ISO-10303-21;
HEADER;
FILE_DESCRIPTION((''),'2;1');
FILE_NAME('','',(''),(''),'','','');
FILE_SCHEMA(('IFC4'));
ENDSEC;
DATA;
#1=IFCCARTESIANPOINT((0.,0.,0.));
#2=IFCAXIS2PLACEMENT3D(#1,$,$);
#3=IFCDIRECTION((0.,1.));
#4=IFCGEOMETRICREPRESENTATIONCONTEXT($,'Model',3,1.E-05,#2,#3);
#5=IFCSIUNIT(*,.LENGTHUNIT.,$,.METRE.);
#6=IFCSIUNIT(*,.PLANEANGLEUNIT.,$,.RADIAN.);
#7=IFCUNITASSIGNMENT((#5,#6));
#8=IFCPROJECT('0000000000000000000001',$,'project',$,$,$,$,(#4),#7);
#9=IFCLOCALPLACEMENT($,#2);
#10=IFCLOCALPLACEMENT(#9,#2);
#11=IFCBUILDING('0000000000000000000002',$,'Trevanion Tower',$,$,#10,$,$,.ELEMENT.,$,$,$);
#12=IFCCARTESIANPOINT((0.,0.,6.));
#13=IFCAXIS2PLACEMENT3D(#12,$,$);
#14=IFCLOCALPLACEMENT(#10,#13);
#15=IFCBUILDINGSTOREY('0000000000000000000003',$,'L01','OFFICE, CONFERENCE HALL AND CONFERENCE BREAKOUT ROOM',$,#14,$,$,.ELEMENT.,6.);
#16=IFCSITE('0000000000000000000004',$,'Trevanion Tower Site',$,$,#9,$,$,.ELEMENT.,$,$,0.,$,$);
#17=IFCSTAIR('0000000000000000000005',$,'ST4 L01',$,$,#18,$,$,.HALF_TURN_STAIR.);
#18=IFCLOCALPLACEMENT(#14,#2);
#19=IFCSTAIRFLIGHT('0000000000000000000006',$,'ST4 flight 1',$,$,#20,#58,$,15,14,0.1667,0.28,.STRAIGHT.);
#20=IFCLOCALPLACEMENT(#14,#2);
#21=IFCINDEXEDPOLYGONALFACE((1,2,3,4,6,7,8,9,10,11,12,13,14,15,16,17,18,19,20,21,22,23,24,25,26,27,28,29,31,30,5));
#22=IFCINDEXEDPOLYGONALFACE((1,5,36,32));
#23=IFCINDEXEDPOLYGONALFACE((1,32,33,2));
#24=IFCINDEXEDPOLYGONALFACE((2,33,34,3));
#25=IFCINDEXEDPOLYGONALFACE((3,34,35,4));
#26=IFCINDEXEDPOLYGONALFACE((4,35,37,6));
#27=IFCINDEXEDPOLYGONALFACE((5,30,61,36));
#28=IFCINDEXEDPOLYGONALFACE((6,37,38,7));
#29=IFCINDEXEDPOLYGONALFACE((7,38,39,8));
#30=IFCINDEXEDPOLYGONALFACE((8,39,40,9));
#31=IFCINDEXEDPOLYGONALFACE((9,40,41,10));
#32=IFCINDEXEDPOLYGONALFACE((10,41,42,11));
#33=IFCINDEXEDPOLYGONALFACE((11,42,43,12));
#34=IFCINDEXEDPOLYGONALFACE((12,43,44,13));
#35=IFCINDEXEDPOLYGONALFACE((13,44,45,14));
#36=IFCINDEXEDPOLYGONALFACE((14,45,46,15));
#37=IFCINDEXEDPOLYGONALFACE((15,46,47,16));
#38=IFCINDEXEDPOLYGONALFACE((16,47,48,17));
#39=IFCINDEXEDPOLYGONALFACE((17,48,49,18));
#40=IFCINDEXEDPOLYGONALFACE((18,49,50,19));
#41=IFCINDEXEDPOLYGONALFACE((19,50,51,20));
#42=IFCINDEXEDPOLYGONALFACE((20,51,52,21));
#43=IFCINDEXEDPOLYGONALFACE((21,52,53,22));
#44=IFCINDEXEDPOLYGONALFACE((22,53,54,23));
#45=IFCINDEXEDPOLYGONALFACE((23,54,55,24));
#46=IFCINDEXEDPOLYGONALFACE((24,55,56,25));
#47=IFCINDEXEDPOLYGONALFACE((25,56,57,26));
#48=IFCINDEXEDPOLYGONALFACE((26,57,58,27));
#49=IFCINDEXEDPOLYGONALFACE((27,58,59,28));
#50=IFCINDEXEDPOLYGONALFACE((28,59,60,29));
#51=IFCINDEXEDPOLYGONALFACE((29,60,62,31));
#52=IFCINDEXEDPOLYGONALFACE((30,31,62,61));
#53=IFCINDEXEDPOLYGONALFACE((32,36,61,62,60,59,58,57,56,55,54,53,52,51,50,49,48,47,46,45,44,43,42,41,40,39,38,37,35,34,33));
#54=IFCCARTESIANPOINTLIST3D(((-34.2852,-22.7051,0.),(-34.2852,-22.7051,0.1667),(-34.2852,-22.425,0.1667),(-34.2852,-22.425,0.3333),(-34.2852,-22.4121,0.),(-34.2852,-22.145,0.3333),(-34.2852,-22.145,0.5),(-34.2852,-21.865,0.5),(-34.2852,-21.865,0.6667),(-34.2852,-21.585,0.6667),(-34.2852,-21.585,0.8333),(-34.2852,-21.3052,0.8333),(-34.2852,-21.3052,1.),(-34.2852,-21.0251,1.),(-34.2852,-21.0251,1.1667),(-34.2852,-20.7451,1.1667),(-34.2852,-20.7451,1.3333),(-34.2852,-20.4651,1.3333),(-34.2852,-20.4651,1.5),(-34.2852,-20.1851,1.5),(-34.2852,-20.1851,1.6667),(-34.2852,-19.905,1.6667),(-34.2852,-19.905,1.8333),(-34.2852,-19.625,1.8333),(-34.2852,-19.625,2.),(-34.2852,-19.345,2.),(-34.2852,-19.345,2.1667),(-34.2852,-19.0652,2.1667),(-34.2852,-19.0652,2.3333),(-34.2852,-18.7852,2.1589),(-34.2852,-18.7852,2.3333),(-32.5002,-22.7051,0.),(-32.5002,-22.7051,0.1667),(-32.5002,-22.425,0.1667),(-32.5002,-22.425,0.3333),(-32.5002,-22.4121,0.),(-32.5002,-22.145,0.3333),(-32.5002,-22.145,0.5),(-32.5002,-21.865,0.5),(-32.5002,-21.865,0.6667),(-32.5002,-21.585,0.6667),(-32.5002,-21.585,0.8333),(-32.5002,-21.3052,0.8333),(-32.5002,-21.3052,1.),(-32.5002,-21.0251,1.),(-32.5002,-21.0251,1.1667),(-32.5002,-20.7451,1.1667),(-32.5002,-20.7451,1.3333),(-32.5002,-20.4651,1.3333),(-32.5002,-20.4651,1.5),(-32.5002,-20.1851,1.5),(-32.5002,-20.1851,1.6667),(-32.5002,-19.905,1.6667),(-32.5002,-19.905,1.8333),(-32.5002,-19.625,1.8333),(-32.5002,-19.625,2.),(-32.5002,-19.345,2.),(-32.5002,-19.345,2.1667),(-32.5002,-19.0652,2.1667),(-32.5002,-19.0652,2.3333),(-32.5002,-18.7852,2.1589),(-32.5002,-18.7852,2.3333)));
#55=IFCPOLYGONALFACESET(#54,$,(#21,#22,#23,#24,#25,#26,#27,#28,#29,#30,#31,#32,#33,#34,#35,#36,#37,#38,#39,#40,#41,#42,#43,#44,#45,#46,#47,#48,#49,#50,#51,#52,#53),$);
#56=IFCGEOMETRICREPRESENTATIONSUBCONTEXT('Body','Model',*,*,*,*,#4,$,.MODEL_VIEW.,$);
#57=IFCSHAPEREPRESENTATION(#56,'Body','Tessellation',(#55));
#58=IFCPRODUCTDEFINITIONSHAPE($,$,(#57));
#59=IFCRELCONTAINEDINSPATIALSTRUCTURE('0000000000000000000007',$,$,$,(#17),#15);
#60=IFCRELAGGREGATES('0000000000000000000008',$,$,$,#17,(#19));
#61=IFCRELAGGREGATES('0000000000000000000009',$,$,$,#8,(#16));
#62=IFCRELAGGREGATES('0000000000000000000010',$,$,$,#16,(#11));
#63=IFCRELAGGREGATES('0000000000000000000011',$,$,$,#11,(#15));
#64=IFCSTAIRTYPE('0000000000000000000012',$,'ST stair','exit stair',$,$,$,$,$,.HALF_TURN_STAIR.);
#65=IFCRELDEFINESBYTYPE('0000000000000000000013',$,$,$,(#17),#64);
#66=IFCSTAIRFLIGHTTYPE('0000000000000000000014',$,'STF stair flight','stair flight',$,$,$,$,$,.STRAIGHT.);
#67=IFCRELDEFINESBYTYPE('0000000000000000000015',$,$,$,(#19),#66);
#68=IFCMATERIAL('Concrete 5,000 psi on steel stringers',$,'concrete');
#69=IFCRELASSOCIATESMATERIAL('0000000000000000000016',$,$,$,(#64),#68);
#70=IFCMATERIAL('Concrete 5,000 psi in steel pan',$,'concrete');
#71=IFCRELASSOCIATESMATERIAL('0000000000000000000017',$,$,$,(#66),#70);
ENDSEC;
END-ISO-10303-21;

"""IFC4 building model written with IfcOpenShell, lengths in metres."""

from ifc_helpers import new_model, si_unit, direction, frame, origin, place, context, subcontext, project, spatial, polyline, outline, extrude, material, type_object, element, aggregate, save


model = new_model("IFC4")

# Units and contexts
model_context = context("Model", 3, precision=1e-05, world=origin(), true_north=direction((0.0, 1.0)))
body_context = subcontext(model_context, "Body", "Model", "MODEL_VIEW")
ifc_project = project(units=[si_unit("LENGTHUNIT", "METRE"), si_unit("PLANEANGLEUNIT", "RADIAN")], contexts=[model_context])

# Site, building, storey
site_placement = place(None, origin())
site = spatial("IfcSite", under=ifc_project, at=site_placement, Name="Trevanion Tower Site", CompositionType="ELEMENT", RefElevation=0.0)
building_placement = place(site_placement, origin())
building = spatial("IfcBuilding", under=site, at=building_placement, Name="Trevanion Tower", CompositionType="ELEMENT")
storey_placement = place(building_placement, frame((0.0, 0.0, 6.0)))
storey = spatial("IfcBuildingStorey", under=building, at=storey_placement, Name="L01", Description="OFFICE, CONFERENCE HALL AND CONFERENCE BREAKOUT ROOM", CompositionType="ELEMENT", Elevation=6.0)

# Stair, stair flight
ifc_material_1 = material(Name="Concrete 5,000 psi on steel stringers", Category="concrete")
stair_type = type_object("IfcStairType", Name="ST stair", Description="exit stair", PredefinedType="HALF_TURN_STAIR", material=ifc_material_1)
stair_placement = place(storey_placement, origin())
stair = element("IfcStair", 1, at=stair_placement, inside=storey, type_object=stair_type, Name="ST4 L01", PredefinedType="HALF_TURN_STAIR")
ifc_material_2 = material(Name="Concrete 5,000 psi in steel pan", Category="concrete")
stair_flight_type = type_object("IfcStairFlightType", Name="STF stair flight", Description="stair flight", PredefinedType="STRAIGHT", material=ifc_material_2)
stair_flight_placement = place(storey_placement, frame((-33.3926, -22.7051, 0.0), z_axis=(0.0, 0.0, 1.0), x_axis=(0.0, 1.0, 0.0)))
stair_flight = element("IfcStairFlight", 2, at=stair_flight_placement, type_object=stair_flight_type, Name="ST4 flight 1", NumberOfRisers=15, NumberOfTreads=14, PredefinedType="STRAIGHT", RiserHeight=0.1667, TreadLength=0.28, context=body_context, shape_type="SweptSolid", body=[
    extrude(outline(polyline([(0.0, 0.0), (0.0, 0.1667), (0.28, 0.1667), (0.28, 0.3333), (0.5601, 0.3333), (0.5601, 0.5), (0.8401, 0.5), (0.8401, 0.6667), (1.1201, 0.6667), (1.1201, 0.8333), (1.3999, 0.8333), (1.3999, 1.0), (1.6799, 1.0), (1.6799, 1.1667), (1.96, 1.1667), (1.96, 1.3333), (2.24, 1.3333), (2.24, 1.5), (2.52, 1.5), (2.52, 1.6667), (2.8, 1.6667), (2.8, 1.8333), (3.0801, 1.8333), (3.0801, 2.0), (3.3601, 2.0), (3.3601, 2.1667), (3.6399, 2.1667), (3.6399, 2.3333), (3.9199, 2.3333), (3.9199, 2.5), (3.9199, 2.1589), (0.293, 0.0), (0.0, 0.0)])), frame((0.0, 0.8926, 0.0), z_axis=(0.0, -1.0, 0.0), x_axis=(1.0, 0.0, 0.0)), (0.0, 0.0, 1.0), 1.7849),
])
aggregate(stair, [stair_flight])

save(model, "model.ifc")
